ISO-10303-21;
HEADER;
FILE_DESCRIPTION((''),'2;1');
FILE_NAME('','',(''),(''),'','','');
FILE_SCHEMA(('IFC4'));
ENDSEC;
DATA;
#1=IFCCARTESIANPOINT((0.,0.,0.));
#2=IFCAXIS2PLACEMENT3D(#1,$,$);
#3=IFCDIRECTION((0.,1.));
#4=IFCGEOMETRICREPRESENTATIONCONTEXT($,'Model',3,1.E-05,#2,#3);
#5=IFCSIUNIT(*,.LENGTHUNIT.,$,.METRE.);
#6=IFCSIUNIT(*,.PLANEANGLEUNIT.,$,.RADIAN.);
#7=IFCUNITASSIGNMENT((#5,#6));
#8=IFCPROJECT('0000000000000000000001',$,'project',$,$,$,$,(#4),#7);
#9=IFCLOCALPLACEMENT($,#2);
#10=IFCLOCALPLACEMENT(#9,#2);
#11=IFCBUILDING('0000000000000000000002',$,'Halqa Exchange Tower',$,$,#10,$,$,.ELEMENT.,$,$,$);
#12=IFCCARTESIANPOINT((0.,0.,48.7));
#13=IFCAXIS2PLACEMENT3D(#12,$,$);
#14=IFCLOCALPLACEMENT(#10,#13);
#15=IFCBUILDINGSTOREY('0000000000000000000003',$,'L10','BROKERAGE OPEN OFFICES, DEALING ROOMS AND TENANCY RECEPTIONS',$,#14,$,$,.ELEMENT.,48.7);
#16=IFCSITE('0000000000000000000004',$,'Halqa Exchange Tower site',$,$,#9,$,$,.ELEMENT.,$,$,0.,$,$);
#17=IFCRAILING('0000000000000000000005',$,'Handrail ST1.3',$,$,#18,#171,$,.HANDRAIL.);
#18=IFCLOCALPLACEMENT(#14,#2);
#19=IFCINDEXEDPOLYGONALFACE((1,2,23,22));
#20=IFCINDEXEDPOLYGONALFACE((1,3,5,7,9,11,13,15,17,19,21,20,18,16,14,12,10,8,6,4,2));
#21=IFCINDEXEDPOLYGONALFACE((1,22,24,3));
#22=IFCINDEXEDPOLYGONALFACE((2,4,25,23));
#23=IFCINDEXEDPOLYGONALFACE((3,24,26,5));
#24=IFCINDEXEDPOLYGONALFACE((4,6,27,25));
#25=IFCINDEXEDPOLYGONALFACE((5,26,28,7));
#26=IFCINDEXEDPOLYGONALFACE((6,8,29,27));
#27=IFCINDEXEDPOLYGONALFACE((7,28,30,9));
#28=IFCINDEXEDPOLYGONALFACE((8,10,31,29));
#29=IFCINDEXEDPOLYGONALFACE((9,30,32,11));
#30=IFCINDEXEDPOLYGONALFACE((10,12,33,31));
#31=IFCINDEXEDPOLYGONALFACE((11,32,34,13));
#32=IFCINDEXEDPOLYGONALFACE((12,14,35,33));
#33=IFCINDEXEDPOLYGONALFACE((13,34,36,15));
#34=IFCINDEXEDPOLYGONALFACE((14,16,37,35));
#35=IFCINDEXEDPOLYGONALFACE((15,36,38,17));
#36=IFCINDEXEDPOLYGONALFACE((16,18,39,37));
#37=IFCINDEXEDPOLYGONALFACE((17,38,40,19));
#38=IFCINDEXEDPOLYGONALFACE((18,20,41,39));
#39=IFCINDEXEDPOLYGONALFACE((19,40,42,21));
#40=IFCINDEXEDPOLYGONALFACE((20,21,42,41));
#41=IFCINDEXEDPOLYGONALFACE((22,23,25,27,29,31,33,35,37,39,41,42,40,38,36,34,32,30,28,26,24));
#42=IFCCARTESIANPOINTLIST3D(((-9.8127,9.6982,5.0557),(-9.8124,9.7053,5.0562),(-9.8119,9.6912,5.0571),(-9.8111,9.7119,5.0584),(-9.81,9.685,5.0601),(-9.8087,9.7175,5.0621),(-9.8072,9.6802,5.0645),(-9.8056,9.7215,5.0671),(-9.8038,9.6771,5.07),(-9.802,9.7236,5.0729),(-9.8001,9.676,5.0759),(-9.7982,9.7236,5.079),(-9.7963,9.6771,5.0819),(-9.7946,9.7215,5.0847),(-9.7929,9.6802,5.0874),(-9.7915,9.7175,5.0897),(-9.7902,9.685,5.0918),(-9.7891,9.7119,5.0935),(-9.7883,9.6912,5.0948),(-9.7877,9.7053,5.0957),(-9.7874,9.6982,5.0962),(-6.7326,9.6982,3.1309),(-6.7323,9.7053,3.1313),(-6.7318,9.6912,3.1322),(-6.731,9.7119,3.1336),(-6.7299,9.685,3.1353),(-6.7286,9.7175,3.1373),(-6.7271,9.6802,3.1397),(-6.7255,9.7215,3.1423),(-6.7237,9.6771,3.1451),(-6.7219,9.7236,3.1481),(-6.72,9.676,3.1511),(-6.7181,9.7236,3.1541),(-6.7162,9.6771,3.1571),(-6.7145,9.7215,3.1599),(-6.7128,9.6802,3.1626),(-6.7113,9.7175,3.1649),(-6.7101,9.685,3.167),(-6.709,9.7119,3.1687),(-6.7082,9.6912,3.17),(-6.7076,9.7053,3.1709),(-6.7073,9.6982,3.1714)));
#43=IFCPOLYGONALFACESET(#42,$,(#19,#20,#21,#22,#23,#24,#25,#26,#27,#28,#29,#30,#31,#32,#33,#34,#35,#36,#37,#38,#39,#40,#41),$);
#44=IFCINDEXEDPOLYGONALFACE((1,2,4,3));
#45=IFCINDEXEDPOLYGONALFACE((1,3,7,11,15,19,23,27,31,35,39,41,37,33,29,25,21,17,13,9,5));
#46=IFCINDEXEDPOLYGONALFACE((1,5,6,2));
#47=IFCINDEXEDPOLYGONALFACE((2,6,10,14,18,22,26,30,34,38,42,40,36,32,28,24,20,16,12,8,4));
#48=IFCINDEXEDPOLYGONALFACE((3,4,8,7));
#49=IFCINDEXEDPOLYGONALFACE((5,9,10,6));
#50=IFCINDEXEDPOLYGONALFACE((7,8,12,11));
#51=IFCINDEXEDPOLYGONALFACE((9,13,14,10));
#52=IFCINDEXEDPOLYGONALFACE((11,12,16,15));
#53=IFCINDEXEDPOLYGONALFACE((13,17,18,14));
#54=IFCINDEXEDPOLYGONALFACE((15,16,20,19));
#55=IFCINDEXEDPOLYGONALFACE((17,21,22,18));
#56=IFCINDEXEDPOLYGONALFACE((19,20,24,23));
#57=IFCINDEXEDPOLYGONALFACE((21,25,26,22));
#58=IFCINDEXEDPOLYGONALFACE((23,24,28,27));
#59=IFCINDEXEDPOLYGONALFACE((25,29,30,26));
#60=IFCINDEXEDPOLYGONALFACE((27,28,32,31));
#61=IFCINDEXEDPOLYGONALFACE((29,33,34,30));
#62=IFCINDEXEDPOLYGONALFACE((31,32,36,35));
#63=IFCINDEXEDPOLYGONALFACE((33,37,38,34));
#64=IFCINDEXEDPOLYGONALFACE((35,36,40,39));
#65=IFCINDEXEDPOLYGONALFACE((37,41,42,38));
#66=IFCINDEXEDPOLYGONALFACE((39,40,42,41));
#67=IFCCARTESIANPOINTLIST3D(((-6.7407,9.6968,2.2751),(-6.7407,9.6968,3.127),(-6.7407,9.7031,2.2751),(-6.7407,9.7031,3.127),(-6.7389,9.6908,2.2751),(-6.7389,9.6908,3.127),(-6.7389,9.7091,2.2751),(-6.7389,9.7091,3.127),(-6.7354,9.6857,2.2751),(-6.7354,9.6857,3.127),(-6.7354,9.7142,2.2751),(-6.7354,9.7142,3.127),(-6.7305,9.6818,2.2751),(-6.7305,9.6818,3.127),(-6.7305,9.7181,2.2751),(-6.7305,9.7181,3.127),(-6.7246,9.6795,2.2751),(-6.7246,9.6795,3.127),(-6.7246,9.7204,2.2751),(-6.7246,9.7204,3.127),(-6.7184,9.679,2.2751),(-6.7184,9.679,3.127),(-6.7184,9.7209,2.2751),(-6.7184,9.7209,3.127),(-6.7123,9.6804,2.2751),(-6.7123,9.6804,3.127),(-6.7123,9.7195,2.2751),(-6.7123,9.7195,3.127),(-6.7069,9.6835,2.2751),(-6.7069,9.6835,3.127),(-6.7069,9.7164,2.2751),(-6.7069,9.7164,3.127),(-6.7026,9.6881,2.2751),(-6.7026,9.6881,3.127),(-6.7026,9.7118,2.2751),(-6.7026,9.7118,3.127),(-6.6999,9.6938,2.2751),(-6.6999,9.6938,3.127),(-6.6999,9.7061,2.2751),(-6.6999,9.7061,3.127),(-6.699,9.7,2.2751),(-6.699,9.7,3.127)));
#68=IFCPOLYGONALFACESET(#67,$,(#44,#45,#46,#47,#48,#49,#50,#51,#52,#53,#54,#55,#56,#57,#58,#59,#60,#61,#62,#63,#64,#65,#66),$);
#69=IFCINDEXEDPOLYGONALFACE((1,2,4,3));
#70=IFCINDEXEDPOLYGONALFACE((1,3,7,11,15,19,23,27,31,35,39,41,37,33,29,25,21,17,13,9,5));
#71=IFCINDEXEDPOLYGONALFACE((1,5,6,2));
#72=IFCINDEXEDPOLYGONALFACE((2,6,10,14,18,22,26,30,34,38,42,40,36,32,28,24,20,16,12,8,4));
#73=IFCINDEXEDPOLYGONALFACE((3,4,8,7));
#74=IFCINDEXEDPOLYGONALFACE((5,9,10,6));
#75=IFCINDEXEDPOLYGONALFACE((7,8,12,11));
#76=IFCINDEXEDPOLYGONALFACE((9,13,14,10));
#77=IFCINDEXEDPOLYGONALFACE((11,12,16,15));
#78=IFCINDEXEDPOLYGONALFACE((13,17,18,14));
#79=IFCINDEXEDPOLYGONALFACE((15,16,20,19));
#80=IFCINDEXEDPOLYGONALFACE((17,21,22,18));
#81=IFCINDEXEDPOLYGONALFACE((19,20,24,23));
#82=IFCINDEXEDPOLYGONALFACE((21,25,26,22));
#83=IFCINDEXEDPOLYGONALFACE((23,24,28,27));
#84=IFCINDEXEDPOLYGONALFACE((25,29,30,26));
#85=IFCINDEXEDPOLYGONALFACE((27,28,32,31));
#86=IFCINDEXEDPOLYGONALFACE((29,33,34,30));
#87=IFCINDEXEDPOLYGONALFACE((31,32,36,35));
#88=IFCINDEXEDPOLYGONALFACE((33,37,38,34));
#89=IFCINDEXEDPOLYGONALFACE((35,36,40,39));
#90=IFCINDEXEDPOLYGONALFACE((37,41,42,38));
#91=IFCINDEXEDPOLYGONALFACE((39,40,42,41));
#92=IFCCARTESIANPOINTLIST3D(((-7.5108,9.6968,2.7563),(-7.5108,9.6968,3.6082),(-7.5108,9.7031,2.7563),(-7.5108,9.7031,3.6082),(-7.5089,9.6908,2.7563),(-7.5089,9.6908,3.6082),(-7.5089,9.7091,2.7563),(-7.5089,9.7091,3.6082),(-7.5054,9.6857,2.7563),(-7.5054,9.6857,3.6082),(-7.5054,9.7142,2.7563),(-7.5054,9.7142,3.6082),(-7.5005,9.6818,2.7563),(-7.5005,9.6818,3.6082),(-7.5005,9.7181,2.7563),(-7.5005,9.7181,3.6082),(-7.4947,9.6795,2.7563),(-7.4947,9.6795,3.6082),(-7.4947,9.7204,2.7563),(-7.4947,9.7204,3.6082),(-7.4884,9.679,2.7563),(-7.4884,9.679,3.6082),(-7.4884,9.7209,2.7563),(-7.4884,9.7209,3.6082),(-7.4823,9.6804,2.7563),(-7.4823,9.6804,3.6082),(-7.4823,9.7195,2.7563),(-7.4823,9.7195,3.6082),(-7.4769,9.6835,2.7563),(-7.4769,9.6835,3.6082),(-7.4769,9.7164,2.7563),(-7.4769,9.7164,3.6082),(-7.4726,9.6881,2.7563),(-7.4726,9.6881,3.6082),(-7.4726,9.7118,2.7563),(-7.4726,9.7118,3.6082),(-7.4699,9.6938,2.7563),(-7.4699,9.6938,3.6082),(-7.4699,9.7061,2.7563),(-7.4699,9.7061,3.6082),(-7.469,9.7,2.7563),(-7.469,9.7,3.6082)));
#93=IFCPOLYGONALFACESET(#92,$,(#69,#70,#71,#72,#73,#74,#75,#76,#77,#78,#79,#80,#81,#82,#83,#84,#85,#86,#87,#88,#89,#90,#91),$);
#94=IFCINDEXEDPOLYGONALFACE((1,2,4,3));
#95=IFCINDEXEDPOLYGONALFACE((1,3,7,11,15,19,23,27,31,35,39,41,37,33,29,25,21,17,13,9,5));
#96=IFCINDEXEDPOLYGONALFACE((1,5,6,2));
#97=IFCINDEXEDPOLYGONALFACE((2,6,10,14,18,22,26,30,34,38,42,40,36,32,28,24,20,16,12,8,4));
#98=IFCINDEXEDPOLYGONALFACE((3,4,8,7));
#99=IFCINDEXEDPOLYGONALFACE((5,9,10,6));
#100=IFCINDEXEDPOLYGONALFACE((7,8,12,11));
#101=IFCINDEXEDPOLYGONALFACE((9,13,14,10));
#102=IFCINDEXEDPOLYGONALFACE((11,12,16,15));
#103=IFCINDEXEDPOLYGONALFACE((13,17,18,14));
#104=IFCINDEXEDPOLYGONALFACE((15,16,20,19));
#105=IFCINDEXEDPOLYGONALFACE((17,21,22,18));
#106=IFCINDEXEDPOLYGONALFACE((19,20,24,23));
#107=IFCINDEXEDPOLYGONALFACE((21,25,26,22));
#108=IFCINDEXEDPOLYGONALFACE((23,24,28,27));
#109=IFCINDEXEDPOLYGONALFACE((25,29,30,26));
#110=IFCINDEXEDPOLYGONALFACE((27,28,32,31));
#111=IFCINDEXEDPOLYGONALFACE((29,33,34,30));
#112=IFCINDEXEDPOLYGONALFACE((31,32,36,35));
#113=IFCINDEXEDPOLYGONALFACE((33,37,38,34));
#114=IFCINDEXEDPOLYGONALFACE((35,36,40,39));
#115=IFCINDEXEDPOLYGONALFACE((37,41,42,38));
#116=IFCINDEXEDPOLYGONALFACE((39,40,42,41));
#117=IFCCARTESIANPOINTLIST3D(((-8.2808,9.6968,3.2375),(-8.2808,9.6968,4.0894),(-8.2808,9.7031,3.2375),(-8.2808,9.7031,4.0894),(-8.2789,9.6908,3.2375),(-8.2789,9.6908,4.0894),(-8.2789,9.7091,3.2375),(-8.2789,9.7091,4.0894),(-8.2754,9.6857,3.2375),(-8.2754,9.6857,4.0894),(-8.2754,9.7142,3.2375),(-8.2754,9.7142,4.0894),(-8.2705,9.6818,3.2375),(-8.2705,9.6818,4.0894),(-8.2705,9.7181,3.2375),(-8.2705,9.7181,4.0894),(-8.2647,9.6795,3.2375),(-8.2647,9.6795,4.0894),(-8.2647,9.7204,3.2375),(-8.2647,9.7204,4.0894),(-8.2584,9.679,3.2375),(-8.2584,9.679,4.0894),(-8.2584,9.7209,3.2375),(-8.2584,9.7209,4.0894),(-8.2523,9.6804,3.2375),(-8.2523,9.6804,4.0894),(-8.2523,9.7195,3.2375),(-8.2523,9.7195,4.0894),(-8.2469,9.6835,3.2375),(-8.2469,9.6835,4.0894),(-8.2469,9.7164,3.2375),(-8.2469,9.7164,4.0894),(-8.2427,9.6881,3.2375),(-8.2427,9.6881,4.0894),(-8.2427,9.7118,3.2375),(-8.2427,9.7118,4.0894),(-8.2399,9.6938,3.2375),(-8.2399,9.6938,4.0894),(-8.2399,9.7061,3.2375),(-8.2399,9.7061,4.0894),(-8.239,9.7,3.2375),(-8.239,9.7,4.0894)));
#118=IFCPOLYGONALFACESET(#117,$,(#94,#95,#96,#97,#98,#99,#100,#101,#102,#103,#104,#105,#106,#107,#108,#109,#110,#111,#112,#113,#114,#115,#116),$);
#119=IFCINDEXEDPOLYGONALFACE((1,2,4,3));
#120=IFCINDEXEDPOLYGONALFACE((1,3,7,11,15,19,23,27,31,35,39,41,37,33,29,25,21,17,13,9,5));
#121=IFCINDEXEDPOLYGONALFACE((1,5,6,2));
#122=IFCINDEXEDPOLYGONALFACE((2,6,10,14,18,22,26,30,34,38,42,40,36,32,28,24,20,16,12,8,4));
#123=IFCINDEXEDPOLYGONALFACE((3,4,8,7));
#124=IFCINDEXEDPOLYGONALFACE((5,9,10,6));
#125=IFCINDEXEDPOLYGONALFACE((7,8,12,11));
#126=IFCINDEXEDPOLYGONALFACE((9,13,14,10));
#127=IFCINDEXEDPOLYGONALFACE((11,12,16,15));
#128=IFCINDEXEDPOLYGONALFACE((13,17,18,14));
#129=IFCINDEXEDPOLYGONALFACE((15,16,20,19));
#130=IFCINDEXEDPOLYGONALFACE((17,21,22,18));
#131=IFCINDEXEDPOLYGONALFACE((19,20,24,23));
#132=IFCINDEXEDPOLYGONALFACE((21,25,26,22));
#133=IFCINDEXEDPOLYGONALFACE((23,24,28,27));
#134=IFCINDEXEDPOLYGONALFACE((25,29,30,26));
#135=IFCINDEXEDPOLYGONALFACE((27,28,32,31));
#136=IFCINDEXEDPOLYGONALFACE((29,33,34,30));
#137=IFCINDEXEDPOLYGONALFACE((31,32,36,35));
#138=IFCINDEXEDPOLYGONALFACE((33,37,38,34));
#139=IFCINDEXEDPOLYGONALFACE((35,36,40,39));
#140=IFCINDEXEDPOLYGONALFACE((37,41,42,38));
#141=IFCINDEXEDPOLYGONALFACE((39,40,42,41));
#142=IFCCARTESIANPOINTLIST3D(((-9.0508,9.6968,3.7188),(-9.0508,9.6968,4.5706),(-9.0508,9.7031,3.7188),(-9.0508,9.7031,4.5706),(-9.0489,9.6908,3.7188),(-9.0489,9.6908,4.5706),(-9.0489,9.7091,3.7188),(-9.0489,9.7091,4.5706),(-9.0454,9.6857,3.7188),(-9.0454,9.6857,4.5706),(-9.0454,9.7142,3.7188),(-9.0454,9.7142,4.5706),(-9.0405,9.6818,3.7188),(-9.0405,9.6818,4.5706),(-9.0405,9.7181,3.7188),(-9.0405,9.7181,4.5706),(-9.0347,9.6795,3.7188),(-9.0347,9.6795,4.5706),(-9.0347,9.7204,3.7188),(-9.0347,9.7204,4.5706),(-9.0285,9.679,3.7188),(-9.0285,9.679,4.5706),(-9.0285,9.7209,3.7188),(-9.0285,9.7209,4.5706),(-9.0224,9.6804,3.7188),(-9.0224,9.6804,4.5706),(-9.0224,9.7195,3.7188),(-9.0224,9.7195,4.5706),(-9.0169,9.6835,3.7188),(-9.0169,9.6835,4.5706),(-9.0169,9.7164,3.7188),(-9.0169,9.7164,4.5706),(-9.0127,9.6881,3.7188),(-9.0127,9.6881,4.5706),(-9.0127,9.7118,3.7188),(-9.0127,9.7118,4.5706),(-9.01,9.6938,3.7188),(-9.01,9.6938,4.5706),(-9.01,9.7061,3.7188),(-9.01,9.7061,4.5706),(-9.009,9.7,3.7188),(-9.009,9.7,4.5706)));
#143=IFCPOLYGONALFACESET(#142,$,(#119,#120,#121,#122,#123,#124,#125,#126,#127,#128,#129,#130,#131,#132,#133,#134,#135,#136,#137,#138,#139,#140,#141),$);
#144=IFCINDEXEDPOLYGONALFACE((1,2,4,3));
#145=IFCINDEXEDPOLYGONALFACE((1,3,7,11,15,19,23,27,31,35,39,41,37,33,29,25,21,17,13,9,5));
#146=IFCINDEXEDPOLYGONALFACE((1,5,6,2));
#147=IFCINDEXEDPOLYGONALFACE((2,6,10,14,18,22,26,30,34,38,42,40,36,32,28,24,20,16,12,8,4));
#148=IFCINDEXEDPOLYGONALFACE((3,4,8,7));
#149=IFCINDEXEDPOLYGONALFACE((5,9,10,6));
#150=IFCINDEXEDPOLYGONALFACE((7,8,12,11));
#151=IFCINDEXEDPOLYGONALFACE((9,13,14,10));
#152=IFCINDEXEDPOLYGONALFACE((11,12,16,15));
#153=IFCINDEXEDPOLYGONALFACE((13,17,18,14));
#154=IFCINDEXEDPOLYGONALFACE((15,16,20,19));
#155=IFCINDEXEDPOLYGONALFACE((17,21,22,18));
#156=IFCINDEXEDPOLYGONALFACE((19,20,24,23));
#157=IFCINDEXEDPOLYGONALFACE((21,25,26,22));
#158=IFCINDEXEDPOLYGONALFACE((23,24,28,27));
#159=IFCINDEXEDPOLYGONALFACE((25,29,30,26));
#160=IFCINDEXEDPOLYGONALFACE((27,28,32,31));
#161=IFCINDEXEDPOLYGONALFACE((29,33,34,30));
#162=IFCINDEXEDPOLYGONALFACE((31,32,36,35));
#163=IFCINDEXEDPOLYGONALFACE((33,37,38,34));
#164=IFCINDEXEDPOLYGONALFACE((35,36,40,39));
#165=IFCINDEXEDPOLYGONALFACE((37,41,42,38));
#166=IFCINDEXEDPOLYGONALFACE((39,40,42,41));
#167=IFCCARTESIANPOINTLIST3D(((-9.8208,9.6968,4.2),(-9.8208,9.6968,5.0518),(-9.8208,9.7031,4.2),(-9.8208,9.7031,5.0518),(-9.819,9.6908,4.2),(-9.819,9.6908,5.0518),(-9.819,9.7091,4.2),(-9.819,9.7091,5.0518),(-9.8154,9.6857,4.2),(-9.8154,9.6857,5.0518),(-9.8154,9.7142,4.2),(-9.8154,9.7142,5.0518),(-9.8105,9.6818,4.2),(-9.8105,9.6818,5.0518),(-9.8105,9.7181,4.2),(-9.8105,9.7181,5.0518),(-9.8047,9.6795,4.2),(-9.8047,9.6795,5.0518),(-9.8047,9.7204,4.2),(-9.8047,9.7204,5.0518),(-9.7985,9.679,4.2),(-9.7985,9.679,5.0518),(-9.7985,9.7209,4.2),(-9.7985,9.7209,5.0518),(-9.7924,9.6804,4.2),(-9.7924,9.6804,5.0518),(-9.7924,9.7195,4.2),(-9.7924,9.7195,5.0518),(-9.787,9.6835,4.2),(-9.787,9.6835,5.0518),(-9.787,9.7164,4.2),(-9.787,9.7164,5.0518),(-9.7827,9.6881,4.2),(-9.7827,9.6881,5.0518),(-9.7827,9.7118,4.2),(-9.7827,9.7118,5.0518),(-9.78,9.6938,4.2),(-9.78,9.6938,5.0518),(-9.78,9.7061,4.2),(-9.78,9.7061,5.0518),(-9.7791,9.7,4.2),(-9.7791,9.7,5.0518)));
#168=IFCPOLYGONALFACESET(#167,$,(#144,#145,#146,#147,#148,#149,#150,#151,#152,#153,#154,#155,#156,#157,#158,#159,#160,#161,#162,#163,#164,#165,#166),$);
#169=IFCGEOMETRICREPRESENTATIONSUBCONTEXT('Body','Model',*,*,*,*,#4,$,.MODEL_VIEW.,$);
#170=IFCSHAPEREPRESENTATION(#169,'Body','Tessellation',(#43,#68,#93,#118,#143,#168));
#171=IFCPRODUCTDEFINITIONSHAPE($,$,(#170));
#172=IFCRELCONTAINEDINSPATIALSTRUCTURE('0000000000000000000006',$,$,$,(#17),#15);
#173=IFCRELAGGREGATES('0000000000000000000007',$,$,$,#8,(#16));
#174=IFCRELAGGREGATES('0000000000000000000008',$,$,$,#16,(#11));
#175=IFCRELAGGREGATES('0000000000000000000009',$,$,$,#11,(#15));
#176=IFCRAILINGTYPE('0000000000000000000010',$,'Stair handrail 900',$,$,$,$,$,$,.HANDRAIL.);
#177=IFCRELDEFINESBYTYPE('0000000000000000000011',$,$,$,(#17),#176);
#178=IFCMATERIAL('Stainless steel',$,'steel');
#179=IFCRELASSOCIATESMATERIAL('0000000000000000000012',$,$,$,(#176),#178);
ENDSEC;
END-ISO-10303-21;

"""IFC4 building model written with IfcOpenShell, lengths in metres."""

from ifc_helpers import new_model, si_unit, direction, frame, origin, origin_2d, place, context, subcontext, project, spatial, circle, extrude, material, type_object, element, save


model = new_model("IFC4")

# Units and contexts
model_context = context("Model", 3, precision=1e-05, world=origin(), true_north=direction((0.0, 1.0)))
body_context = subcontext(model_context, "Body", "Model", "MODEL_VIEW")
ifc_project = project(units=[si_unit("LENGTHUNIT", "METRE"), si_unit("PLANEANGLEUNIT", "RADIAN")], contexts=[model_context])

# Site, building, storey
site_placement = place(None, origin())
site = spatial("IfcSite", under=ifc_project, at=site_placement, Name="Halqa Exchange Tower site", CompositionType="ELEMENT", RefElevation=0.0)
building_placement = place(site_placement, origin())
building = spatial("IfcBuilding", under=site, at=building_placement, Name="Halqa Exchange Tower", CompositionType="ELEMENT")
storey_placement = place(building_placement, frame((0.0, 0.0, 48.7)))
storey = spatial("IfcBuildingStorey", under=building, at=storey_placement, Name="L10", Description="BROKERAGE OPEN OFFICES, DEALING ROOMS AND TENANCY RECEPTIONS", CompositionType="ELEMENT", Elevation=48.7)

# Railing
ifc_material_1 = material(Name="Stainless steel", Category="steel")
railing_type_1 = type_object("IfcRailingType", Name="Stair handrail 900", PredefinedType="HANDRAIL", material=ifc_material_1)
railing_1_placement = place(storey_placement, frame((-6.72, 9.7, 2.2751)))
element("IfcRailing", 1, at=railing_1_placement, inside=storey, type_object=railing_type_1, Name="Handrail ST1.3", PredefinedType="HANDRAIL", context=body_context, shape_type="SweptSolid", body=[
    extrude(circle(Radius=0.0239, at=origin_2d()), frame((0.0, 0.0, 0.876), z_axis=(-0.848029, 0.0, 0.529951), x_axis=(0.0, -1.0, 0.0)), (0.0, 0.0, 1.0), 3.6321),
    extrude(circle(Radius=0.021, at=origin_2d()), origin(), (0.0, 0.0, 1.0), 0.8518),
    extrude(circle(Radius=0.021, at=origin_2d()), frame((-0.77, 0.0, 0.4812)), (0.0, 0.0, 1.0), 0.8518),
    extrude(circle(Radius=0.021, at=origin_2d()), frame((-1.54, 0.0, 0.9624)), (0.0, 0.0, 1.0), 0.8518),
    extrude(circle(Radius=0.021, at=origin_2d()), frame((-2.3101, 0.0, 1.4436)), (0.0, 0.0, 1.0), 0.8518),
    extrude(circle(Radius=0.021, at=origin_2d()), frame((-3.0801, 0.0, 1.9248)), (0.0, 0.0, 1.0), 0.8518),
])

save(model, "model.ifc")
